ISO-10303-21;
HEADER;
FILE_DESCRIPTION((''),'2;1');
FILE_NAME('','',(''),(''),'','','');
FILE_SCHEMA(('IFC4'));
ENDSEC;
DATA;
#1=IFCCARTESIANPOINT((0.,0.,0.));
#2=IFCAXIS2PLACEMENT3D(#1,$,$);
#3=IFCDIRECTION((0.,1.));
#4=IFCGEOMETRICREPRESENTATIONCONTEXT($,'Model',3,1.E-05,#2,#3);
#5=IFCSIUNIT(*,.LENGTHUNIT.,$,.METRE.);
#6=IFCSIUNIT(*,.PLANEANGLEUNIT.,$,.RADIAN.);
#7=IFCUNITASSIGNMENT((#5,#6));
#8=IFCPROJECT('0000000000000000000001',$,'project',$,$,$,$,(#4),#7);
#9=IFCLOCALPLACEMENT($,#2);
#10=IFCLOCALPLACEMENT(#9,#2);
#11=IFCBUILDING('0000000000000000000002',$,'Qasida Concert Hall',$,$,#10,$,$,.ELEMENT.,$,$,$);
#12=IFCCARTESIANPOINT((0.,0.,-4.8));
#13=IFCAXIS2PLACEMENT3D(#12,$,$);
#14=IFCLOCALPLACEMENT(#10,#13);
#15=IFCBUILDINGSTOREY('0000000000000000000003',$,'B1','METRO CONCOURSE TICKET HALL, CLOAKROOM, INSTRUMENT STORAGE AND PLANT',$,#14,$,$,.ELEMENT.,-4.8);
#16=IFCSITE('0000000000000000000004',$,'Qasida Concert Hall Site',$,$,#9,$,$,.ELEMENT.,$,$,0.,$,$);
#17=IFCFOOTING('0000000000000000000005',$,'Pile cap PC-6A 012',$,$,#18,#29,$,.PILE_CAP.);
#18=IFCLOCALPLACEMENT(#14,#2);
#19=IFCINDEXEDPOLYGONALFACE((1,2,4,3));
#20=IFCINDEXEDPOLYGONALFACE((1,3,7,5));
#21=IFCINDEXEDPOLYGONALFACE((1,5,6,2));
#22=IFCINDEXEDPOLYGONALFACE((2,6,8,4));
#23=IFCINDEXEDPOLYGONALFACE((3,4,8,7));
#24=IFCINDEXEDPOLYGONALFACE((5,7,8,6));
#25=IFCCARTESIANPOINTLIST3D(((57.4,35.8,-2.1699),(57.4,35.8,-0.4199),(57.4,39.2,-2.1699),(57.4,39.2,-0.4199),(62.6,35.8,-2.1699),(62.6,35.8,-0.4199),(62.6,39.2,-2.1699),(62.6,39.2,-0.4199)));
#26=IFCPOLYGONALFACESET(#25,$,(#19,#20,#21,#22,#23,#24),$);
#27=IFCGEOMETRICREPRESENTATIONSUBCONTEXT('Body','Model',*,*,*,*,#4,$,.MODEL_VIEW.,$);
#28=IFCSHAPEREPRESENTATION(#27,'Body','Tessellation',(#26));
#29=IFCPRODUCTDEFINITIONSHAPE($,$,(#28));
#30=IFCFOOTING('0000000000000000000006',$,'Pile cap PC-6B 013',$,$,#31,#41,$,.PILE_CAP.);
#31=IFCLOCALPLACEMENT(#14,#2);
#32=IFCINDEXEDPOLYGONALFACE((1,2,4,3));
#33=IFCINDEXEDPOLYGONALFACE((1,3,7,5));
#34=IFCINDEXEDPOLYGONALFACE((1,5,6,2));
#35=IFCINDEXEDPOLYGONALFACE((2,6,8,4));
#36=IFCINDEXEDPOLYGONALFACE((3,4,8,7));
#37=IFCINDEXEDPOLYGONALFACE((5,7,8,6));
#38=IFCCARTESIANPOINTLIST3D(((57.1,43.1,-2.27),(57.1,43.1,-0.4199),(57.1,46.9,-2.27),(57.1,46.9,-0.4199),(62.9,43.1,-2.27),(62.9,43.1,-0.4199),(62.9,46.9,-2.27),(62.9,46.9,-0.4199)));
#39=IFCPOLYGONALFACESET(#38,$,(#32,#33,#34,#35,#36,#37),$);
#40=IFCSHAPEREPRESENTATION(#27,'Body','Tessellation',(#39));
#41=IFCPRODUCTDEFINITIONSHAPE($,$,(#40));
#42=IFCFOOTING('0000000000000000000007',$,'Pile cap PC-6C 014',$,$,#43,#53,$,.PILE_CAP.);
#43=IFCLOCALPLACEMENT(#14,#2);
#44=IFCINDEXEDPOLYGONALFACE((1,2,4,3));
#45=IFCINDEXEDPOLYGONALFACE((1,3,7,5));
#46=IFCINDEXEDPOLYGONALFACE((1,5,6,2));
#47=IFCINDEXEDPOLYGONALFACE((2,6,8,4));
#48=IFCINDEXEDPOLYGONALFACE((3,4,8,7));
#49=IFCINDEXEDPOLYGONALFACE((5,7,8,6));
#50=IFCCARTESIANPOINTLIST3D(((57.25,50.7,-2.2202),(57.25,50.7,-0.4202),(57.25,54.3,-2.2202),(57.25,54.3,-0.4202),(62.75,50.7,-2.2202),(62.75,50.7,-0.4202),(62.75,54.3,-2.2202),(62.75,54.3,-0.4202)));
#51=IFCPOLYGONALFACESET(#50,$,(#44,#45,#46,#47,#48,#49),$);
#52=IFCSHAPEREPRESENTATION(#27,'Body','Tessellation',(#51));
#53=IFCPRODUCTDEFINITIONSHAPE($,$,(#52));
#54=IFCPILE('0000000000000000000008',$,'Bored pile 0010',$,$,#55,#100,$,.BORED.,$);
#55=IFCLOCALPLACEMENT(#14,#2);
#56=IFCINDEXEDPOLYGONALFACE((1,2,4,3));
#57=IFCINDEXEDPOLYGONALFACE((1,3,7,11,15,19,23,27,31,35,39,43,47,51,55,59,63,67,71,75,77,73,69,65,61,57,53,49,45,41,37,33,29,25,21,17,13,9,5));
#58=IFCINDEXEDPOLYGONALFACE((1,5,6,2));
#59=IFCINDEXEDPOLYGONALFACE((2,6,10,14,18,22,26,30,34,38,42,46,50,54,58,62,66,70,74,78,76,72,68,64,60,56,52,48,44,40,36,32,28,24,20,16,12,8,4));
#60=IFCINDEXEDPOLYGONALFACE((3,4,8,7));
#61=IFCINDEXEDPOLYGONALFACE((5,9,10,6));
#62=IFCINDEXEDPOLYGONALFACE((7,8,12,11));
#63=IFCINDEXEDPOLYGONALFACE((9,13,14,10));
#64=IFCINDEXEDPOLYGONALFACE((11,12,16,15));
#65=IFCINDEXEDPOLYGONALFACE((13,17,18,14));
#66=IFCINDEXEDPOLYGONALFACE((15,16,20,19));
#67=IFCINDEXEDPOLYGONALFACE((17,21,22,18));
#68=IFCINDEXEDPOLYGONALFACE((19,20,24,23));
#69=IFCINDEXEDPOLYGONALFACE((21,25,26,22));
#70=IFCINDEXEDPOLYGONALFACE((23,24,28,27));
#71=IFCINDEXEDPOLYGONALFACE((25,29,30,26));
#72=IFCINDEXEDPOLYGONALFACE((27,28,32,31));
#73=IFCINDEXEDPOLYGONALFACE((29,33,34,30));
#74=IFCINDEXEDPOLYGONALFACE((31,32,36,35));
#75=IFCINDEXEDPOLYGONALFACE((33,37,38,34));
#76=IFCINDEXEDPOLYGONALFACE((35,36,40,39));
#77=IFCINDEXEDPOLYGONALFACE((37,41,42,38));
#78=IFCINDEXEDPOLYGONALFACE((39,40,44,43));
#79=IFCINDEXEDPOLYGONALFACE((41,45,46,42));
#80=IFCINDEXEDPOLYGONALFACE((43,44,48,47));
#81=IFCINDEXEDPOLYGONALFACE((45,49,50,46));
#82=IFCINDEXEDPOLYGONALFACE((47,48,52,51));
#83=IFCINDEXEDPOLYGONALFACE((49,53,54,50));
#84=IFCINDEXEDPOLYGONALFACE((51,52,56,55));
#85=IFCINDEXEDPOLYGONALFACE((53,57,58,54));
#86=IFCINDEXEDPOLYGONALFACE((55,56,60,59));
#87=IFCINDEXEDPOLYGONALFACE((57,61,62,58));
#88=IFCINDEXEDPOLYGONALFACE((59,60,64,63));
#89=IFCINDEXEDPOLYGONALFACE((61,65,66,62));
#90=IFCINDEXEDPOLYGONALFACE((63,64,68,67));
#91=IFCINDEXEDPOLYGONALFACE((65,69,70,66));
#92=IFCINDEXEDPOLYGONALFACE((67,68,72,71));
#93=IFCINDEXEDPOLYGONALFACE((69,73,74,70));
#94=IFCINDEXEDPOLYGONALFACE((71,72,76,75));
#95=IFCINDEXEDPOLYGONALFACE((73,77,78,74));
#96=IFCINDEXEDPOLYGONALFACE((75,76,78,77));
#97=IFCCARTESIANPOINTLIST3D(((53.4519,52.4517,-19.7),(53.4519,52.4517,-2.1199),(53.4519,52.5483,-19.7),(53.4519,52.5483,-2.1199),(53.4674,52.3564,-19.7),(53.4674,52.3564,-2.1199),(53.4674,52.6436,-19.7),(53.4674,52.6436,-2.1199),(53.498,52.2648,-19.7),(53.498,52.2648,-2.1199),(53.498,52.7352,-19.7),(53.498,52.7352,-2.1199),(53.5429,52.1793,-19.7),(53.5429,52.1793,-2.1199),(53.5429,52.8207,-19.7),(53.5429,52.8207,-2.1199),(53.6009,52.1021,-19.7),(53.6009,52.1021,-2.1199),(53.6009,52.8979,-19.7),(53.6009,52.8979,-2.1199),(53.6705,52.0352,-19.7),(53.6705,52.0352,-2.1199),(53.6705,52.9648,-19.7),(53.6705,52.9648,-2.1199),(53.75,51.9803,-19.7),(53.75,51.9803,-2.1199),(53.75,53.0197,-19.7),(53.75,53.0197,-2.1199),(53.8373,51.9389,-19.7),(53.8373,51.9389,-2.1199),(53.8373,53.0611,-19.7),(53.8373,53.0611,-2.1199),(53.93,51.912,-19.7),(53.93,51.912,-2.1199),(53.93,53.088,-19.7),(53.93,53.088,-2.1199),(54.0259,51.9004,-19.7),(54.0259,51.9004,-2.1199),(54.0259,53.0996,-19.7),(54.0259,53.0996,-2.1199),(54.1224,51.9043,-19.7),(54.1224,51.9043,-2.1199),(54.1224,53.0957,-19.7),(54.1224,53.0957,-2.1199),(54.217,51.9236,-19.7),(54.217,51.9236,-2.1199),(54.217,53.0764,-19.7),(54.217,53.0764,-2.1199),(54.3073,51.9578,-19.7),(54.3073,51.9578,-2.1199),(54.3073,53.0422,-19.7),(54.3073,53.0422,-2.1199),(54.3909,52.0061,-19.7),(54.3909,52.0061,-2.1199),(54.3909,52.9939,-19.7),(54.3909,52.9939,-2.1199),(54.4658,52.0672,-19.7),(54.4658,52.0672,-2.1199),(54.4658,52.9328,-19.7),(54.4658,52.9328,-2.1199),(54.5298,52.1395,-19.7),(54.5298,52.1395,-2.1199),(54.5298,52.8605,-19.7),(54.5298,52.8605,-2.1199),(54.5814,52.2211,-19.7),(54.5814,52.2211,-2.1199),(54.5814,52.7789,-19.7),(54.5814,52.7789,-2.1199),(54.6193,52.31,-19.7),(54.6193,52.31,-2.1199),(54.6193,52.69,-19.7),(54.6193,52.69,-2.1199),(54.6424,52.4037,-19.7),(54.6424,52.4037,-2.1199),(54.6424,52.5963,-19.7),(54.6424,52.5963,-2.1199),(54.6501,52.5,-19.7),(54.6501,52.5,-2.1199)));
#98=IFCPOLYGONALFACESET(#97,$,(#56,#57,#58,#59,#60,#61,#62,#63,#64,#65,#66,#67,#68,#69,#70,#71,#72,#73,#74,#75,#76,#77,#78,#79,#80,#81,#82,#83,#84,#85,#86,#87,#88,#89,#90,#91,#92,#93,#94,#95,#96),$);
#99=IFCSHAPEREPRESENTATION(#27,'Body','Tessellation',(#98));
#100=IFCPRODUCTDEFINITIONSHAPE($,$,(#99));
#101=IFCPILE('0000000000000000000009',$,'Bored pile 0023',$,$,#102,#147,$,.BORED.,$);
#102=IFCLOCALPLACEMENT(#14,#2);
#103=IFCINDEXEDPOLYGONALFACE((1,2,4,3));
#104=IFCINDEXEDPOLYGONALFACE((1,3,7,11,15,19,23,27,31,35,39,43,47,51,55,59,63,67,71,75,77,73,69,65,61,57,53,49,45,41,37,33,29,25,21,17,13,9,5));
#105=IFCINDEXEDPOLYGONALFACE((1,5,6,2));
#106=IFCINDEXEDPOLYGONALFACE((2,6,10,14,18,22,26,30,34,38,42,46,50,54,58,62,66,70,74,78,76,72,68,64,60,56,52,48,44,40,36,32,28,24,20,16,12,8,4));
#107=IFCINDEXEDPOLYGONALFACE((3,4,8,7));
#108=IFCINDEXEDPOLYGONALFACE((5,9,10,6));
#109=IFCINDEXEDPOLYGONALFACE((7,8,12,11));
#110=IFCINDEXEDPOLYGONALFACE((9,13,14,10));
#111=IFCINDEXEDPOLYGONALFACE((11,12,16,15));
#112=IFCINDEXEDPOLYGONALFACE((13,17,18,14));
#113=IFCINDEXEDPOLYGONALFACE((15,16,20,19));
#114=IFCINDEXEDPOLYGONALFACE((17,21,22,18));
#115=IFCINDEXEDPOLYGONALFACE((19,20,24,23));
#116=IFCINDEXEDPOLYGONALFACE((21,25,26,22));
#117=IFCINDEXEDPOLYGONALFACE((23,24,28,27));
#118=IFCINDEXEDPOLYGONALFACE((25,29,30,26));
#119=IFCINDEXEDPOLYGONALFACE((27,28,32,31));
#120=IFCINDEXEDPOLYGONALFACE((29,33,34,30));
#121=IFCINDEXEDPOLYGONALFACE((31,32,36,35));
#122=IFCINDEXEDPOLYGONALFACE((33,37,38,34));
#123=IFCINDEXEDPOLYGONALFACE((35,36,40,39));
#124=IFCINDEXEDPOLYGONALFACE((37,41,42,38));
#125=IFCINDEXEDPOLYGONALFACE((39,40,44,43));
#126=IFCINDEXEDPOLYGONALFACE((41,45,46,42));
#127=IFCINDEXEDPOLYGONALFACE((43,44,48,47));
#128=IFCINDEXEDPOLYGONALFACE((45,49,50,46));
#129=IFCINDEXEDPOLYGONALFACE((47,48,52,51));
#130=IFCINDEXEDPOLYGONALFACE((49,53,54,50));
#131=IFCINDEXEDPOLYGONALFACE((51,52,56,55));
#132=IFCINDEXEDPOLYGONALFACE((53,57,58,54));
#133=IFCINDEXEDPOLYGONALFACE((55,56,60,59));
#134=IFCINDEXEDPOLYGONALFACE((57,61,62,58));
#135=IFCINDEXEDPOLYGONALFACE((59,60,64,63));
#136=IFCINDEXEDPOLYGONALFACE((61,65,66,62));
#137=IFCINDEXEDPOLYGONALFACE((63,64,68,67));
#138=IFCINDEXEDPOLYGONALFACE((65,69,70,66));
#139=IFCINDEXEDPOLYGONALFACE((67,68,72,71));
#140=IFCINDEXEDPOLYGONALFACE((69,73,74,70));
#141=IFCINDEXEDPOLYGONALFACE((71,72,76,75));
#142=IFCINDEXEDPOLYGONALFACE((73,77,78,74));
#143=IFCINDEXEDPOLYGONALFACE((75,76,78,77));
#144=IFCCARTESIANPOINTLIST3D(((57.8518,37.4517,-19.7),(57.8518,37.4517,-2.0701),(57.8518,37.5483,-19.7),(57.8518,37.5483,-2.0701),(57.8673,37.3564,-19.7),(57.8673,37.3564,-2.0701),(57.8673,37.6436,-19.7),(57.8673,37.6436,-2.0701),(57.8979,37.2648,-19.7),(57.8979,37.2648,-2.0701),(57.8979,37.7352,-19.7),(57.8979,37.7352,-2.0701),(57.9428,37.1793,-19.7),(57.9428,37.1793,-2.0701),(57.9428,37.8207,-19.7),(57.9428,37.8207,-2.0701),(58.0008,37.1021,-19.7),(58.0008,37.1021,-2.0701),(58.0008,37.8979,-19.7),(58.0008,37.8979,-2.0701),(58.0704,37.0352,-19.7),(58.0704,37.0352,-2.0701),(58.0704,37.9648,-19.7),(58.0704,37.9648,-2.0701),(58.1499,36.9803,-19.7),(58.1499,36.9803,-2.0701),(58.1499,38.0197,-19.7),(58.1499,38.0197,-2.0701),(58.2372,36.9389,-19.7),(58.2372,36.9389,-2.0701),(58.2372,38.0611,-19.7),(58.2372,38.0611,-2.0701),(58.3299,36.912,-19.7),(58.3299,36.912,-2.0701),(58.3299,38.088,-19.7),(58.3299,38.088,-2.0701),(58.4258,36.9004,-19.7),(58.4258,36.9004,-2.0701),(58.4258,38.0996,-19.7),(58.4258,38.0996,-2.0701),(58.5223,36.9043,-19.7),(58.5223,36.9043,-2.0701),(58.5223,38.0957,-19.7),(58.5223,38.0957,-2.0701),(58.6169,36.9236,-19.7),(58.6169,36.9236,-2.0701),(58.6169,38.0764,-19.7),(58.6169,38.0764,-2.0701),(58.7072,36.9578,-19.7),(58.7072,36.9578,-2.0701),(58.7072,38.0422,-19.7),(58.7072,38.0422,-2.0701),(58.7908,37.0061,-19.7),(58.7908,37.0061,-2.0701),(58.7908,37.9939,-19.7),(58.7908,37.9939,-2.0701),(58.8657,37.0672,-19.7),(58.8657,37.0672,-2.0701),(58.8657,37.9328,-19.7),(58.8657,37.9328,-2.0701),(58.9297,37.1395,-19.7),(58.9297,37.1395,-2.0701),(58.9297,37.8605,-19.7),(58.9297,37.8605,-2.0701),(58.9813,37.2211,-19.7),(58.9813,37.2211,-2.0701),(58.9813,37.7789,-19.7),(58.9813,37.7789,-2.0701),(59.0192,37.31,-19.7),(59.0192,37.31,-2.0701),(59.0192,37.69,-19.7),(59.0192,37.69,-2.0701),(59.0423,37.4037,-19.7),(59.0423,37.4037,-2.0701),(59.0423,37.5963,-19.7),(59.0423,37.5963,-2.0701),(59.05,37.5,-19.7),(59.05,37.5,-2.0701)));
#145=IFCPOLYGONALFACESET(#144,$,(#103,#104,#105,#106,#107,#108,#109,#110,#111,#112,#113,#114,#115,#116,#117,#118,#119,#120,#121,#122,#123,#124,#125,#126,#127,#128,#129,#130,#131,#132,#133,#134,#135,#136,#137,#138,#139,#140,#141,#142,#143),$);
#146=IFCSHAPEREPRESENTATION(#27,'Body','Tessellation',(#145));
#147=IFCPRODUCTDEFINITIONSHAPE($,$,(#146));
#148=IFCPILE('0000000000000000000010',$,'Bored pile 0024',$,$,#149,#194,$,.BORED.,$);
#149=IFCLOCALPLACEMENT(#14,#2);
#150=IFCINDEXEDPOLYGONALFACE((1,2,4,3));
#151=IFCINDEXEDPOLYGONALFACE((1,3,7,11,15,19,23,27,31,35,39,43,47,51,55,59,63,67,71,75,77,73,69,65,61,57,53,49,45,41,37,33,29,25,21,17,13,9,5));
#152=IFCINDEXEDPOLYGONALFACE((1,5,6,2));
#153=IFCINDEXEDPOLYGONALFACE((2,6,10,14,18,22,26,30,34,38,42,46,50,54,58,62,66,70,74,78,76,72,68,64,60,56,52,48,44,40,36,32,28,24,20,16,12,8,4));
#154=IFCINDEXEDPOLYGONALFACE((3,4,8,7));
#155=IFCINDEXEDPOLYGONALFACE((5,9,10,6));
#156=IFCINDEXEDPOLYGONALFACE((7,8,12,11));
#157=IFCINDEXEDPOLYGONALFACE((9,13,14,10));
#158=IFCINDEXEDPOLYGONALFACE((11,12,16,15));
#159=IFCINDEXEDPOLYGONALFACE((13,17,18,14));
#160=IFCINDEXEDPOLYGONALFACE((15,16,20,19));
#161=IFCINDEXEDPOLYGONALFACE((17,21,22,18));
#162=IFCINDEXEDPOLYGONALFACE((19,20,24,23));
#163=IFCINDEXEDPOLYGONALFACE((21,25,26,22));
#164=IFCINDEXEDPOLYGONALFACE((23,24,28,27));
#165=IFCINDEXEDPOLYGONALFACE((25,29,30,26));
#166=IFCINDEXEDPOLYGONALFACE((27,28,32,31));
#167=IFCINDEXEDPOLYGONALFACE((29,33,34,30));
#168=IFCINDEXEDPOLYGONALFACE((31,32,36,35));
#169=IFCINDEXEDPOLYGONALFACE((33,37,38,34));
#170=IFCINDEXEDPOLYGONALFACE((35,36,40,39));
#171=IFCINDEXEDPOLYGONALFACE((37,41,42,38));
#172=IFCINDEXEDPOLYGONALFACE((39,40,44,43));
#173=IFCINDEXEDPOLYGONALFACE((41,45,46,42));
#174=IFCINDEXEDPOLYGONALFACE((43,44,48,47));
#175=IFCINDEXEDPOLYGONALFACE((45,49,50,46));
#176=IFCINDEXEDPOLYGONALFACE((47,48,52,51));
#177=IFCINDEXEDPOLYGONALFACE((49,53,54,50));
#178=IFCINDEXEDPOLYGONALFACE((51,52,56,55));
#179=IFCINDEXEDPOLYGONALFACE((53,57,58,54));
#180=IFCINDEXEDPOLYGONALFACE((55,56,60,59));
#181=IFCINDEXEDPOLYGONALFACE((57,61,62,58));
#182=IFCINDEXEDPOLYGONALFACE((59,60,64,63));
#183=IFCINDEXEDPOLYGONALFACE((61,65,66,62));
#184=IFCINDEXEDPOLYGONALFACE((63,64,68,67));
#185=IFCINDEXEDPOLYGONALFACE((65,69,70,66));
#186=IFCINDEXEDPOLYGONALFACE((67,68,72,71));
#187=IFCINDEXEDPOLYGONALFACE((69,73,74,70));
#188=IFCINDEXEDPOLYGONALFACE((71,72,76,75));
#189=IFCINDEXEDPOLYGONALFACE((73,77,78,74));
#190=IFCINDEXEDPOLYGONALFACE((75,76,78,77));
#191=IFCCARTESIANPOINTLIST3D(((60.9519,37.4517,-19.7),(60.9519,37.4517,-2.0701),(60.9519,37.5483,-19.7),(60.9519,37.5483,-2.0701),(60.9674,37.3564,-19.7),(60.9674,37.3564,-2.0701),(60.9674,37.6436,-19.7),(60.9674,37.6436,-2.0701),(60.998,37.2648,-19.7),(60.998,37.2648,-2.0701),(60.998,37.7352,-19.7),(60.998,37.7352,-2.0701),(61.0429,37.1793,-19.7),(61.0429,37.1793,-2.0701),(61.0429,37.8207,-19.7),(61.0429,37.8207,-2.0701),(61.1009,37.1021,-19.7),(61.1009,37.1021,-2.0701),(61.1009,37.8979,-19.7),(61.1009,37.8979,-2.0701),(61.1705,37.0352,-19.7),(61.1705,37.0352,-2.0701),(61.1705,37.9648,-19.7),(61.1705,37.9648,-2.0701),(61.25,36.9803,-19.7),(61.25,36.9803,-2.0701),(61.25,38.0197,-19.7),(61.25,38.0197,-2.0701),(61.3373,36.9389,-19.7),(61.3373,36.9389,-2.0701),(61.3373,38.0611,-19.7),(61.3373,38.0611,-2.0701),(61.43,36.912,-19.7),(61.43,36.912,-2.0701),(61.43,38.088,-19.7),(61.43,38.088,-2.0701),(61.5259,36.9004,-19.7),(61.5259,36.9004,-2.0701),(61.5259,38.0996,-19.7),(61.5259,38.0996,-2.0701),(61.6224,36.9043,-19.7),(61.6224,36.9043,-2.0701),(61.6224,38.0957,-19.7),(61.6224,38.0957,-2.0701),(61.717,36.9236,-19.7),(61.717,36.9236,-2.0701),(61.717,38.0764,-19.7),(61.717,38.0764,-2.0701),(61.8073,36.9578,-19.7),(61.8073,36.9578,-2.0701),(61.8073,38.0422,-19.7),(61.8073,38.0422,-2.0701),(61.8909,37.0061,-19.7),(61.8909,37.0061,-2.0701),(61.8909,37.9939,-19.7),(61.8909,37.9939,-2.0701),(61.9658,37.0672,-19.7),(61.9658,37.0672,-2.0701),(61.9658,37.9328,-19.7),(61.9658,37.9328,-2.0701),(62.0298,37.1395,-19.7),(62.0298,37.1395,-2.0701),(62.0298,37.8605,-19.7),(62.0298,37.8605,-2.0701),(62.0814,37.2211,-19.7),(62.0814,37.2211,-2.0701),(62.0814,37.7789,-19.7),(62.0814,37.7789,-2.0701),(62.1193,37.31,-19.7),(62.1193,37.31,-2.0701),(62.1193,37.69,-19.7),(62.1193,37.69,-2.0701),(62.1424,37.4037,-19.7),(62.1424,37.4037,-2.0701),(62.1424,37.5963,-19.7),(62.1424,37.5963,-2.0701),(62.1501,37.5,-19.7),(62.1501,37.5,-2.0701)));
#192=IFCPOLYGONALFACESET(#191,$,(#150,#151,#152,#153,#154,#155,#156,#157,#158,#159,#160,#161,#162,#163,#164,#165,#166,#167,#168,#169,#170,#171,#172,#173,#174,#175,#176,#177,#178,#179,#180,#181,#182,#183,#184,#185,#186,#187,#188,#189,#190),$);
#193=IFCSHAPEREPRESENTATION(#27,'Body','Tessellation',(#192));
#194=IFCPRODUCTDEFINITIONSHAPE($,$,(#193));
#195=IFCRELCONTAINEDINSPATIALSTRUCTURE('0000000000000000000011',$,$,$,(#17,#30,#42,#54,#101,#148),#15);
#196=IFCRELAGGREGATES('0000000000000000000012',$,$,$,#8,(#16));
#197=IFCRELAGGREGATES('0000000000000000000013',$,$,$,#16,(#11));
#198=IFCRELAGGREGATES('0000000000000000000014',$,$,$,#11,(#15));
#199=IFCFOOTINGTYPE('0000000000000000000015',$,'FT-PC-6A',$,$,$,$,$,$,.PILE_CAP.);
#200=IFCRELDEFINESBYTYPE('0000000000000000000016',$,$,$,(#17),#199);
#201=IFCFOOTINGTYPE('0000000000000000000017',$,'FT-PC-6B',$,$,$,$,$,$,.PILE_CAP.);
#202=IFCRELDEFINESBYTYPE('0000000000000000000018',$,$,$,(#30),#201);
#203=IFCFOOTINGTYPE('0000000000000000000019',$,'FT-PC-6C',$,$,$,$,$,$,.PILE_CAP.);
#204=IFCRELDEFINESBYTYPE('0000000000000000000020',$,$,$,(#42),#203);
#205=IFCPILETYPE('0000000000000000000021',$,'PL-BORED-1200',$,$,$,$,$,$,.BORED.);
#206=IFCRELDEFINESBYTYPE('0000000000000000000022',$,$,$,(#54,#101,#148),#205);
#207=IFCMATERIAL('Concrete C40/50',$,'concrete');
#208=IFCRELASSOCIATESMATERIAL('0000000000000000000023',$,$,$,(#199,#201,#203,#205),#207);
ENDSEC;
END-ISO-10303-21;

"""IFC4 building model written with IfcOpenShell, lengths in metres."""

from ifc_helpers import new_model, si_unit, direction, frame, origin, origin_2d, place, context, subcontext, project, spatial, rectangle, circle, extrude, material, material_profile, profile_set, type_object, element, save


model = new_model("IFC4")

# Units and contexts
model_context = context("Model", 3, precision=1e-05, world=origin(), true_north=direction((0.0, 1.0)))
body_context = subcontext(model_context, "Body", "Model", "MODEL_VIEW")
ifc_project = project(units=[si_unit("LENGTHUNIT", "METRE"), si_unit("PLANEANGLEUNIT", "RADIAN")], contexts=[model_context])

# Site, building, storey
site_placement = place(None, origin())
site = spatial("IfcSite", under=ifc_project, at=site_placement, Name="Qasida Concert Hall Site", CompositionType="ELEMENT", RefElevation=0.0)
building_placement = place(site_placement, origin())
building = spatial("IfcBuilding", under=site, at=building_placement, Name="Qasida Concert Hall", CompositionType="ELEMENT")
storey_placement = place(building_placement, frame((0.0, 0.0, -4.8)))
storey = spatial("IfcBuildingStorey", under=building, at=storey_placement, Name="B1", Description="METRO CONCOURSE TICKET HALL, CLOAKROOM, INSTRUMENT STORAGE AND PLANT", CompositionType="ELEMENT", Elevation=-4.8)

# Footings
ifc_material_1 = material(Name="Concrete C40/50", Category="concrete")
footing_type_1 = type_object("IfcFootingType", Name="FT-PC-6A", PredefinedType="PILE_CAP", material=ifc_material_1)
footing_1_placement = place(storey_placement, frame((60.0, 37.5, -2.1699), z_axis=(0.0, 0.0, 1.0), x_axis=(1.0, 0.0, 0.0)))
element("IfcFooting", 1, at=footing_1_placement, inside=storey, type_object=footing_type_1, Name="Pile cap PC-6A 012", PredefinedType="PILE_CAP", context=body_context, shape_type="SweptSolid", body=[
    extrude(rectangle(XDim=5.2, YDim=3.3999, at=origin_2d()), origin(), (0.0, 0.0, 1.0), 1.75),
])
footing_type_2 = type_object("IfcFootingType", Name="FT-PC-6B", PredefinedType="PILE_CAP", material=ifc_material_1)
footing_2_placement = place(storey_placement, frame((60.0, 45.0, -2.27), z_axis=(0.0, 0.0, 1.0), x_axis=(1.0, 0.0, 0.0)))
element("IfcFooting", 2, at=footing_2_placement, inside=storey, type_object=footing_type_2, Name="Pile cap PC-6B 013", PredefinedType="PILE_CAP", context=body_context, shape_type="SweptSolid", body=[
    extrude(rectangle(XDim=5.8, YDim=3.8, at=origin_2d()), origin(), (0.0, 0.0, 1.0), 1.8501),
])
footing_type_3 = type_object("IfcFootingType", Name="FT-PC-6C", PredefinedType="PILE_CAP", material=ifc_material_1)
footing_3_placement = place(storey_placement, frame((60.0, 52.5, -2.2202), z_axis=(0.0, 0.0, 1.0), x_axis=(1.0, 0.0, 0.0)))
element("IfcFooting", 3, at=footing_3_placement, inside=storey, type_object=footing_type_3, Name="Pile cap PC-6C 014", PredefinedType="PILE_CAP", context=body_context, shape_type="SweptSolid", body=[
    extrude(rectangle(XDim=5.5, YDim=3.6001, at=origin_2d()), origin(), (0.0, 0.0, 1.0), 1.8),
])

# Piles
ifc_material_profile_1 = material_profile(ifc_material_1, circle(Radius=0.6001, at=origin_2d()), Name="BORED PILE D1200")
ifc_profile_set_1 = profile_set([ifc_material_profile_1], Name="Concrete C40/50")
pile_type = type_object("IfcPileType", Name="PL-BORED-1200", PredefinedType="BORED", material=ifc_profile_set_1)
pile_1_placement = place(storey_placement, frame((54.05, 52.5, -2.1199), z_axis=(0.0, 0.0, -1.0), x_axis=(1.0, 0.0, 0.0)))
element("IfcPile", 4, at=pile_1_placement, inside=storey, type_object=pile_type, Name="Bored pile 0010", PredefinedType="BORED", context=body_context, shape_type="SweptSolid", body=[
    extrude(circle(Radius=0.6001, at=origin_2d()), origin(), (0.0, 0.0, 1.0), 17.5801),
])
for number, where, z_axis, x_axis, name in (
    (5, (58.45, 37.5, -2.0701), (0.0, 0.0, -1.0), (1.0, 0.0, 0.0), "Bored pile 0023"),
    (6, (61.55, 37.5, -2.0701), (0.0, 0.0, -1.0), (1.0, 0.0, 0.0), "Bored pile 0024"),
):
    element("IfcPile", number, at=place(storey_placement, frame(where, z_axis=z_axis, x_axis=x_axis)), inside=storey, type_object=pile_type, Name=name, PredefinedType="BORED", context=body_context, shape_type="SweptSolid", body=[
        extrude(circle(Radius=0.6001, at=origin_2d()), origin(), (0.0, 0.0, 1.0), 17.6299),
    ])

save(model, "model.ifc")
